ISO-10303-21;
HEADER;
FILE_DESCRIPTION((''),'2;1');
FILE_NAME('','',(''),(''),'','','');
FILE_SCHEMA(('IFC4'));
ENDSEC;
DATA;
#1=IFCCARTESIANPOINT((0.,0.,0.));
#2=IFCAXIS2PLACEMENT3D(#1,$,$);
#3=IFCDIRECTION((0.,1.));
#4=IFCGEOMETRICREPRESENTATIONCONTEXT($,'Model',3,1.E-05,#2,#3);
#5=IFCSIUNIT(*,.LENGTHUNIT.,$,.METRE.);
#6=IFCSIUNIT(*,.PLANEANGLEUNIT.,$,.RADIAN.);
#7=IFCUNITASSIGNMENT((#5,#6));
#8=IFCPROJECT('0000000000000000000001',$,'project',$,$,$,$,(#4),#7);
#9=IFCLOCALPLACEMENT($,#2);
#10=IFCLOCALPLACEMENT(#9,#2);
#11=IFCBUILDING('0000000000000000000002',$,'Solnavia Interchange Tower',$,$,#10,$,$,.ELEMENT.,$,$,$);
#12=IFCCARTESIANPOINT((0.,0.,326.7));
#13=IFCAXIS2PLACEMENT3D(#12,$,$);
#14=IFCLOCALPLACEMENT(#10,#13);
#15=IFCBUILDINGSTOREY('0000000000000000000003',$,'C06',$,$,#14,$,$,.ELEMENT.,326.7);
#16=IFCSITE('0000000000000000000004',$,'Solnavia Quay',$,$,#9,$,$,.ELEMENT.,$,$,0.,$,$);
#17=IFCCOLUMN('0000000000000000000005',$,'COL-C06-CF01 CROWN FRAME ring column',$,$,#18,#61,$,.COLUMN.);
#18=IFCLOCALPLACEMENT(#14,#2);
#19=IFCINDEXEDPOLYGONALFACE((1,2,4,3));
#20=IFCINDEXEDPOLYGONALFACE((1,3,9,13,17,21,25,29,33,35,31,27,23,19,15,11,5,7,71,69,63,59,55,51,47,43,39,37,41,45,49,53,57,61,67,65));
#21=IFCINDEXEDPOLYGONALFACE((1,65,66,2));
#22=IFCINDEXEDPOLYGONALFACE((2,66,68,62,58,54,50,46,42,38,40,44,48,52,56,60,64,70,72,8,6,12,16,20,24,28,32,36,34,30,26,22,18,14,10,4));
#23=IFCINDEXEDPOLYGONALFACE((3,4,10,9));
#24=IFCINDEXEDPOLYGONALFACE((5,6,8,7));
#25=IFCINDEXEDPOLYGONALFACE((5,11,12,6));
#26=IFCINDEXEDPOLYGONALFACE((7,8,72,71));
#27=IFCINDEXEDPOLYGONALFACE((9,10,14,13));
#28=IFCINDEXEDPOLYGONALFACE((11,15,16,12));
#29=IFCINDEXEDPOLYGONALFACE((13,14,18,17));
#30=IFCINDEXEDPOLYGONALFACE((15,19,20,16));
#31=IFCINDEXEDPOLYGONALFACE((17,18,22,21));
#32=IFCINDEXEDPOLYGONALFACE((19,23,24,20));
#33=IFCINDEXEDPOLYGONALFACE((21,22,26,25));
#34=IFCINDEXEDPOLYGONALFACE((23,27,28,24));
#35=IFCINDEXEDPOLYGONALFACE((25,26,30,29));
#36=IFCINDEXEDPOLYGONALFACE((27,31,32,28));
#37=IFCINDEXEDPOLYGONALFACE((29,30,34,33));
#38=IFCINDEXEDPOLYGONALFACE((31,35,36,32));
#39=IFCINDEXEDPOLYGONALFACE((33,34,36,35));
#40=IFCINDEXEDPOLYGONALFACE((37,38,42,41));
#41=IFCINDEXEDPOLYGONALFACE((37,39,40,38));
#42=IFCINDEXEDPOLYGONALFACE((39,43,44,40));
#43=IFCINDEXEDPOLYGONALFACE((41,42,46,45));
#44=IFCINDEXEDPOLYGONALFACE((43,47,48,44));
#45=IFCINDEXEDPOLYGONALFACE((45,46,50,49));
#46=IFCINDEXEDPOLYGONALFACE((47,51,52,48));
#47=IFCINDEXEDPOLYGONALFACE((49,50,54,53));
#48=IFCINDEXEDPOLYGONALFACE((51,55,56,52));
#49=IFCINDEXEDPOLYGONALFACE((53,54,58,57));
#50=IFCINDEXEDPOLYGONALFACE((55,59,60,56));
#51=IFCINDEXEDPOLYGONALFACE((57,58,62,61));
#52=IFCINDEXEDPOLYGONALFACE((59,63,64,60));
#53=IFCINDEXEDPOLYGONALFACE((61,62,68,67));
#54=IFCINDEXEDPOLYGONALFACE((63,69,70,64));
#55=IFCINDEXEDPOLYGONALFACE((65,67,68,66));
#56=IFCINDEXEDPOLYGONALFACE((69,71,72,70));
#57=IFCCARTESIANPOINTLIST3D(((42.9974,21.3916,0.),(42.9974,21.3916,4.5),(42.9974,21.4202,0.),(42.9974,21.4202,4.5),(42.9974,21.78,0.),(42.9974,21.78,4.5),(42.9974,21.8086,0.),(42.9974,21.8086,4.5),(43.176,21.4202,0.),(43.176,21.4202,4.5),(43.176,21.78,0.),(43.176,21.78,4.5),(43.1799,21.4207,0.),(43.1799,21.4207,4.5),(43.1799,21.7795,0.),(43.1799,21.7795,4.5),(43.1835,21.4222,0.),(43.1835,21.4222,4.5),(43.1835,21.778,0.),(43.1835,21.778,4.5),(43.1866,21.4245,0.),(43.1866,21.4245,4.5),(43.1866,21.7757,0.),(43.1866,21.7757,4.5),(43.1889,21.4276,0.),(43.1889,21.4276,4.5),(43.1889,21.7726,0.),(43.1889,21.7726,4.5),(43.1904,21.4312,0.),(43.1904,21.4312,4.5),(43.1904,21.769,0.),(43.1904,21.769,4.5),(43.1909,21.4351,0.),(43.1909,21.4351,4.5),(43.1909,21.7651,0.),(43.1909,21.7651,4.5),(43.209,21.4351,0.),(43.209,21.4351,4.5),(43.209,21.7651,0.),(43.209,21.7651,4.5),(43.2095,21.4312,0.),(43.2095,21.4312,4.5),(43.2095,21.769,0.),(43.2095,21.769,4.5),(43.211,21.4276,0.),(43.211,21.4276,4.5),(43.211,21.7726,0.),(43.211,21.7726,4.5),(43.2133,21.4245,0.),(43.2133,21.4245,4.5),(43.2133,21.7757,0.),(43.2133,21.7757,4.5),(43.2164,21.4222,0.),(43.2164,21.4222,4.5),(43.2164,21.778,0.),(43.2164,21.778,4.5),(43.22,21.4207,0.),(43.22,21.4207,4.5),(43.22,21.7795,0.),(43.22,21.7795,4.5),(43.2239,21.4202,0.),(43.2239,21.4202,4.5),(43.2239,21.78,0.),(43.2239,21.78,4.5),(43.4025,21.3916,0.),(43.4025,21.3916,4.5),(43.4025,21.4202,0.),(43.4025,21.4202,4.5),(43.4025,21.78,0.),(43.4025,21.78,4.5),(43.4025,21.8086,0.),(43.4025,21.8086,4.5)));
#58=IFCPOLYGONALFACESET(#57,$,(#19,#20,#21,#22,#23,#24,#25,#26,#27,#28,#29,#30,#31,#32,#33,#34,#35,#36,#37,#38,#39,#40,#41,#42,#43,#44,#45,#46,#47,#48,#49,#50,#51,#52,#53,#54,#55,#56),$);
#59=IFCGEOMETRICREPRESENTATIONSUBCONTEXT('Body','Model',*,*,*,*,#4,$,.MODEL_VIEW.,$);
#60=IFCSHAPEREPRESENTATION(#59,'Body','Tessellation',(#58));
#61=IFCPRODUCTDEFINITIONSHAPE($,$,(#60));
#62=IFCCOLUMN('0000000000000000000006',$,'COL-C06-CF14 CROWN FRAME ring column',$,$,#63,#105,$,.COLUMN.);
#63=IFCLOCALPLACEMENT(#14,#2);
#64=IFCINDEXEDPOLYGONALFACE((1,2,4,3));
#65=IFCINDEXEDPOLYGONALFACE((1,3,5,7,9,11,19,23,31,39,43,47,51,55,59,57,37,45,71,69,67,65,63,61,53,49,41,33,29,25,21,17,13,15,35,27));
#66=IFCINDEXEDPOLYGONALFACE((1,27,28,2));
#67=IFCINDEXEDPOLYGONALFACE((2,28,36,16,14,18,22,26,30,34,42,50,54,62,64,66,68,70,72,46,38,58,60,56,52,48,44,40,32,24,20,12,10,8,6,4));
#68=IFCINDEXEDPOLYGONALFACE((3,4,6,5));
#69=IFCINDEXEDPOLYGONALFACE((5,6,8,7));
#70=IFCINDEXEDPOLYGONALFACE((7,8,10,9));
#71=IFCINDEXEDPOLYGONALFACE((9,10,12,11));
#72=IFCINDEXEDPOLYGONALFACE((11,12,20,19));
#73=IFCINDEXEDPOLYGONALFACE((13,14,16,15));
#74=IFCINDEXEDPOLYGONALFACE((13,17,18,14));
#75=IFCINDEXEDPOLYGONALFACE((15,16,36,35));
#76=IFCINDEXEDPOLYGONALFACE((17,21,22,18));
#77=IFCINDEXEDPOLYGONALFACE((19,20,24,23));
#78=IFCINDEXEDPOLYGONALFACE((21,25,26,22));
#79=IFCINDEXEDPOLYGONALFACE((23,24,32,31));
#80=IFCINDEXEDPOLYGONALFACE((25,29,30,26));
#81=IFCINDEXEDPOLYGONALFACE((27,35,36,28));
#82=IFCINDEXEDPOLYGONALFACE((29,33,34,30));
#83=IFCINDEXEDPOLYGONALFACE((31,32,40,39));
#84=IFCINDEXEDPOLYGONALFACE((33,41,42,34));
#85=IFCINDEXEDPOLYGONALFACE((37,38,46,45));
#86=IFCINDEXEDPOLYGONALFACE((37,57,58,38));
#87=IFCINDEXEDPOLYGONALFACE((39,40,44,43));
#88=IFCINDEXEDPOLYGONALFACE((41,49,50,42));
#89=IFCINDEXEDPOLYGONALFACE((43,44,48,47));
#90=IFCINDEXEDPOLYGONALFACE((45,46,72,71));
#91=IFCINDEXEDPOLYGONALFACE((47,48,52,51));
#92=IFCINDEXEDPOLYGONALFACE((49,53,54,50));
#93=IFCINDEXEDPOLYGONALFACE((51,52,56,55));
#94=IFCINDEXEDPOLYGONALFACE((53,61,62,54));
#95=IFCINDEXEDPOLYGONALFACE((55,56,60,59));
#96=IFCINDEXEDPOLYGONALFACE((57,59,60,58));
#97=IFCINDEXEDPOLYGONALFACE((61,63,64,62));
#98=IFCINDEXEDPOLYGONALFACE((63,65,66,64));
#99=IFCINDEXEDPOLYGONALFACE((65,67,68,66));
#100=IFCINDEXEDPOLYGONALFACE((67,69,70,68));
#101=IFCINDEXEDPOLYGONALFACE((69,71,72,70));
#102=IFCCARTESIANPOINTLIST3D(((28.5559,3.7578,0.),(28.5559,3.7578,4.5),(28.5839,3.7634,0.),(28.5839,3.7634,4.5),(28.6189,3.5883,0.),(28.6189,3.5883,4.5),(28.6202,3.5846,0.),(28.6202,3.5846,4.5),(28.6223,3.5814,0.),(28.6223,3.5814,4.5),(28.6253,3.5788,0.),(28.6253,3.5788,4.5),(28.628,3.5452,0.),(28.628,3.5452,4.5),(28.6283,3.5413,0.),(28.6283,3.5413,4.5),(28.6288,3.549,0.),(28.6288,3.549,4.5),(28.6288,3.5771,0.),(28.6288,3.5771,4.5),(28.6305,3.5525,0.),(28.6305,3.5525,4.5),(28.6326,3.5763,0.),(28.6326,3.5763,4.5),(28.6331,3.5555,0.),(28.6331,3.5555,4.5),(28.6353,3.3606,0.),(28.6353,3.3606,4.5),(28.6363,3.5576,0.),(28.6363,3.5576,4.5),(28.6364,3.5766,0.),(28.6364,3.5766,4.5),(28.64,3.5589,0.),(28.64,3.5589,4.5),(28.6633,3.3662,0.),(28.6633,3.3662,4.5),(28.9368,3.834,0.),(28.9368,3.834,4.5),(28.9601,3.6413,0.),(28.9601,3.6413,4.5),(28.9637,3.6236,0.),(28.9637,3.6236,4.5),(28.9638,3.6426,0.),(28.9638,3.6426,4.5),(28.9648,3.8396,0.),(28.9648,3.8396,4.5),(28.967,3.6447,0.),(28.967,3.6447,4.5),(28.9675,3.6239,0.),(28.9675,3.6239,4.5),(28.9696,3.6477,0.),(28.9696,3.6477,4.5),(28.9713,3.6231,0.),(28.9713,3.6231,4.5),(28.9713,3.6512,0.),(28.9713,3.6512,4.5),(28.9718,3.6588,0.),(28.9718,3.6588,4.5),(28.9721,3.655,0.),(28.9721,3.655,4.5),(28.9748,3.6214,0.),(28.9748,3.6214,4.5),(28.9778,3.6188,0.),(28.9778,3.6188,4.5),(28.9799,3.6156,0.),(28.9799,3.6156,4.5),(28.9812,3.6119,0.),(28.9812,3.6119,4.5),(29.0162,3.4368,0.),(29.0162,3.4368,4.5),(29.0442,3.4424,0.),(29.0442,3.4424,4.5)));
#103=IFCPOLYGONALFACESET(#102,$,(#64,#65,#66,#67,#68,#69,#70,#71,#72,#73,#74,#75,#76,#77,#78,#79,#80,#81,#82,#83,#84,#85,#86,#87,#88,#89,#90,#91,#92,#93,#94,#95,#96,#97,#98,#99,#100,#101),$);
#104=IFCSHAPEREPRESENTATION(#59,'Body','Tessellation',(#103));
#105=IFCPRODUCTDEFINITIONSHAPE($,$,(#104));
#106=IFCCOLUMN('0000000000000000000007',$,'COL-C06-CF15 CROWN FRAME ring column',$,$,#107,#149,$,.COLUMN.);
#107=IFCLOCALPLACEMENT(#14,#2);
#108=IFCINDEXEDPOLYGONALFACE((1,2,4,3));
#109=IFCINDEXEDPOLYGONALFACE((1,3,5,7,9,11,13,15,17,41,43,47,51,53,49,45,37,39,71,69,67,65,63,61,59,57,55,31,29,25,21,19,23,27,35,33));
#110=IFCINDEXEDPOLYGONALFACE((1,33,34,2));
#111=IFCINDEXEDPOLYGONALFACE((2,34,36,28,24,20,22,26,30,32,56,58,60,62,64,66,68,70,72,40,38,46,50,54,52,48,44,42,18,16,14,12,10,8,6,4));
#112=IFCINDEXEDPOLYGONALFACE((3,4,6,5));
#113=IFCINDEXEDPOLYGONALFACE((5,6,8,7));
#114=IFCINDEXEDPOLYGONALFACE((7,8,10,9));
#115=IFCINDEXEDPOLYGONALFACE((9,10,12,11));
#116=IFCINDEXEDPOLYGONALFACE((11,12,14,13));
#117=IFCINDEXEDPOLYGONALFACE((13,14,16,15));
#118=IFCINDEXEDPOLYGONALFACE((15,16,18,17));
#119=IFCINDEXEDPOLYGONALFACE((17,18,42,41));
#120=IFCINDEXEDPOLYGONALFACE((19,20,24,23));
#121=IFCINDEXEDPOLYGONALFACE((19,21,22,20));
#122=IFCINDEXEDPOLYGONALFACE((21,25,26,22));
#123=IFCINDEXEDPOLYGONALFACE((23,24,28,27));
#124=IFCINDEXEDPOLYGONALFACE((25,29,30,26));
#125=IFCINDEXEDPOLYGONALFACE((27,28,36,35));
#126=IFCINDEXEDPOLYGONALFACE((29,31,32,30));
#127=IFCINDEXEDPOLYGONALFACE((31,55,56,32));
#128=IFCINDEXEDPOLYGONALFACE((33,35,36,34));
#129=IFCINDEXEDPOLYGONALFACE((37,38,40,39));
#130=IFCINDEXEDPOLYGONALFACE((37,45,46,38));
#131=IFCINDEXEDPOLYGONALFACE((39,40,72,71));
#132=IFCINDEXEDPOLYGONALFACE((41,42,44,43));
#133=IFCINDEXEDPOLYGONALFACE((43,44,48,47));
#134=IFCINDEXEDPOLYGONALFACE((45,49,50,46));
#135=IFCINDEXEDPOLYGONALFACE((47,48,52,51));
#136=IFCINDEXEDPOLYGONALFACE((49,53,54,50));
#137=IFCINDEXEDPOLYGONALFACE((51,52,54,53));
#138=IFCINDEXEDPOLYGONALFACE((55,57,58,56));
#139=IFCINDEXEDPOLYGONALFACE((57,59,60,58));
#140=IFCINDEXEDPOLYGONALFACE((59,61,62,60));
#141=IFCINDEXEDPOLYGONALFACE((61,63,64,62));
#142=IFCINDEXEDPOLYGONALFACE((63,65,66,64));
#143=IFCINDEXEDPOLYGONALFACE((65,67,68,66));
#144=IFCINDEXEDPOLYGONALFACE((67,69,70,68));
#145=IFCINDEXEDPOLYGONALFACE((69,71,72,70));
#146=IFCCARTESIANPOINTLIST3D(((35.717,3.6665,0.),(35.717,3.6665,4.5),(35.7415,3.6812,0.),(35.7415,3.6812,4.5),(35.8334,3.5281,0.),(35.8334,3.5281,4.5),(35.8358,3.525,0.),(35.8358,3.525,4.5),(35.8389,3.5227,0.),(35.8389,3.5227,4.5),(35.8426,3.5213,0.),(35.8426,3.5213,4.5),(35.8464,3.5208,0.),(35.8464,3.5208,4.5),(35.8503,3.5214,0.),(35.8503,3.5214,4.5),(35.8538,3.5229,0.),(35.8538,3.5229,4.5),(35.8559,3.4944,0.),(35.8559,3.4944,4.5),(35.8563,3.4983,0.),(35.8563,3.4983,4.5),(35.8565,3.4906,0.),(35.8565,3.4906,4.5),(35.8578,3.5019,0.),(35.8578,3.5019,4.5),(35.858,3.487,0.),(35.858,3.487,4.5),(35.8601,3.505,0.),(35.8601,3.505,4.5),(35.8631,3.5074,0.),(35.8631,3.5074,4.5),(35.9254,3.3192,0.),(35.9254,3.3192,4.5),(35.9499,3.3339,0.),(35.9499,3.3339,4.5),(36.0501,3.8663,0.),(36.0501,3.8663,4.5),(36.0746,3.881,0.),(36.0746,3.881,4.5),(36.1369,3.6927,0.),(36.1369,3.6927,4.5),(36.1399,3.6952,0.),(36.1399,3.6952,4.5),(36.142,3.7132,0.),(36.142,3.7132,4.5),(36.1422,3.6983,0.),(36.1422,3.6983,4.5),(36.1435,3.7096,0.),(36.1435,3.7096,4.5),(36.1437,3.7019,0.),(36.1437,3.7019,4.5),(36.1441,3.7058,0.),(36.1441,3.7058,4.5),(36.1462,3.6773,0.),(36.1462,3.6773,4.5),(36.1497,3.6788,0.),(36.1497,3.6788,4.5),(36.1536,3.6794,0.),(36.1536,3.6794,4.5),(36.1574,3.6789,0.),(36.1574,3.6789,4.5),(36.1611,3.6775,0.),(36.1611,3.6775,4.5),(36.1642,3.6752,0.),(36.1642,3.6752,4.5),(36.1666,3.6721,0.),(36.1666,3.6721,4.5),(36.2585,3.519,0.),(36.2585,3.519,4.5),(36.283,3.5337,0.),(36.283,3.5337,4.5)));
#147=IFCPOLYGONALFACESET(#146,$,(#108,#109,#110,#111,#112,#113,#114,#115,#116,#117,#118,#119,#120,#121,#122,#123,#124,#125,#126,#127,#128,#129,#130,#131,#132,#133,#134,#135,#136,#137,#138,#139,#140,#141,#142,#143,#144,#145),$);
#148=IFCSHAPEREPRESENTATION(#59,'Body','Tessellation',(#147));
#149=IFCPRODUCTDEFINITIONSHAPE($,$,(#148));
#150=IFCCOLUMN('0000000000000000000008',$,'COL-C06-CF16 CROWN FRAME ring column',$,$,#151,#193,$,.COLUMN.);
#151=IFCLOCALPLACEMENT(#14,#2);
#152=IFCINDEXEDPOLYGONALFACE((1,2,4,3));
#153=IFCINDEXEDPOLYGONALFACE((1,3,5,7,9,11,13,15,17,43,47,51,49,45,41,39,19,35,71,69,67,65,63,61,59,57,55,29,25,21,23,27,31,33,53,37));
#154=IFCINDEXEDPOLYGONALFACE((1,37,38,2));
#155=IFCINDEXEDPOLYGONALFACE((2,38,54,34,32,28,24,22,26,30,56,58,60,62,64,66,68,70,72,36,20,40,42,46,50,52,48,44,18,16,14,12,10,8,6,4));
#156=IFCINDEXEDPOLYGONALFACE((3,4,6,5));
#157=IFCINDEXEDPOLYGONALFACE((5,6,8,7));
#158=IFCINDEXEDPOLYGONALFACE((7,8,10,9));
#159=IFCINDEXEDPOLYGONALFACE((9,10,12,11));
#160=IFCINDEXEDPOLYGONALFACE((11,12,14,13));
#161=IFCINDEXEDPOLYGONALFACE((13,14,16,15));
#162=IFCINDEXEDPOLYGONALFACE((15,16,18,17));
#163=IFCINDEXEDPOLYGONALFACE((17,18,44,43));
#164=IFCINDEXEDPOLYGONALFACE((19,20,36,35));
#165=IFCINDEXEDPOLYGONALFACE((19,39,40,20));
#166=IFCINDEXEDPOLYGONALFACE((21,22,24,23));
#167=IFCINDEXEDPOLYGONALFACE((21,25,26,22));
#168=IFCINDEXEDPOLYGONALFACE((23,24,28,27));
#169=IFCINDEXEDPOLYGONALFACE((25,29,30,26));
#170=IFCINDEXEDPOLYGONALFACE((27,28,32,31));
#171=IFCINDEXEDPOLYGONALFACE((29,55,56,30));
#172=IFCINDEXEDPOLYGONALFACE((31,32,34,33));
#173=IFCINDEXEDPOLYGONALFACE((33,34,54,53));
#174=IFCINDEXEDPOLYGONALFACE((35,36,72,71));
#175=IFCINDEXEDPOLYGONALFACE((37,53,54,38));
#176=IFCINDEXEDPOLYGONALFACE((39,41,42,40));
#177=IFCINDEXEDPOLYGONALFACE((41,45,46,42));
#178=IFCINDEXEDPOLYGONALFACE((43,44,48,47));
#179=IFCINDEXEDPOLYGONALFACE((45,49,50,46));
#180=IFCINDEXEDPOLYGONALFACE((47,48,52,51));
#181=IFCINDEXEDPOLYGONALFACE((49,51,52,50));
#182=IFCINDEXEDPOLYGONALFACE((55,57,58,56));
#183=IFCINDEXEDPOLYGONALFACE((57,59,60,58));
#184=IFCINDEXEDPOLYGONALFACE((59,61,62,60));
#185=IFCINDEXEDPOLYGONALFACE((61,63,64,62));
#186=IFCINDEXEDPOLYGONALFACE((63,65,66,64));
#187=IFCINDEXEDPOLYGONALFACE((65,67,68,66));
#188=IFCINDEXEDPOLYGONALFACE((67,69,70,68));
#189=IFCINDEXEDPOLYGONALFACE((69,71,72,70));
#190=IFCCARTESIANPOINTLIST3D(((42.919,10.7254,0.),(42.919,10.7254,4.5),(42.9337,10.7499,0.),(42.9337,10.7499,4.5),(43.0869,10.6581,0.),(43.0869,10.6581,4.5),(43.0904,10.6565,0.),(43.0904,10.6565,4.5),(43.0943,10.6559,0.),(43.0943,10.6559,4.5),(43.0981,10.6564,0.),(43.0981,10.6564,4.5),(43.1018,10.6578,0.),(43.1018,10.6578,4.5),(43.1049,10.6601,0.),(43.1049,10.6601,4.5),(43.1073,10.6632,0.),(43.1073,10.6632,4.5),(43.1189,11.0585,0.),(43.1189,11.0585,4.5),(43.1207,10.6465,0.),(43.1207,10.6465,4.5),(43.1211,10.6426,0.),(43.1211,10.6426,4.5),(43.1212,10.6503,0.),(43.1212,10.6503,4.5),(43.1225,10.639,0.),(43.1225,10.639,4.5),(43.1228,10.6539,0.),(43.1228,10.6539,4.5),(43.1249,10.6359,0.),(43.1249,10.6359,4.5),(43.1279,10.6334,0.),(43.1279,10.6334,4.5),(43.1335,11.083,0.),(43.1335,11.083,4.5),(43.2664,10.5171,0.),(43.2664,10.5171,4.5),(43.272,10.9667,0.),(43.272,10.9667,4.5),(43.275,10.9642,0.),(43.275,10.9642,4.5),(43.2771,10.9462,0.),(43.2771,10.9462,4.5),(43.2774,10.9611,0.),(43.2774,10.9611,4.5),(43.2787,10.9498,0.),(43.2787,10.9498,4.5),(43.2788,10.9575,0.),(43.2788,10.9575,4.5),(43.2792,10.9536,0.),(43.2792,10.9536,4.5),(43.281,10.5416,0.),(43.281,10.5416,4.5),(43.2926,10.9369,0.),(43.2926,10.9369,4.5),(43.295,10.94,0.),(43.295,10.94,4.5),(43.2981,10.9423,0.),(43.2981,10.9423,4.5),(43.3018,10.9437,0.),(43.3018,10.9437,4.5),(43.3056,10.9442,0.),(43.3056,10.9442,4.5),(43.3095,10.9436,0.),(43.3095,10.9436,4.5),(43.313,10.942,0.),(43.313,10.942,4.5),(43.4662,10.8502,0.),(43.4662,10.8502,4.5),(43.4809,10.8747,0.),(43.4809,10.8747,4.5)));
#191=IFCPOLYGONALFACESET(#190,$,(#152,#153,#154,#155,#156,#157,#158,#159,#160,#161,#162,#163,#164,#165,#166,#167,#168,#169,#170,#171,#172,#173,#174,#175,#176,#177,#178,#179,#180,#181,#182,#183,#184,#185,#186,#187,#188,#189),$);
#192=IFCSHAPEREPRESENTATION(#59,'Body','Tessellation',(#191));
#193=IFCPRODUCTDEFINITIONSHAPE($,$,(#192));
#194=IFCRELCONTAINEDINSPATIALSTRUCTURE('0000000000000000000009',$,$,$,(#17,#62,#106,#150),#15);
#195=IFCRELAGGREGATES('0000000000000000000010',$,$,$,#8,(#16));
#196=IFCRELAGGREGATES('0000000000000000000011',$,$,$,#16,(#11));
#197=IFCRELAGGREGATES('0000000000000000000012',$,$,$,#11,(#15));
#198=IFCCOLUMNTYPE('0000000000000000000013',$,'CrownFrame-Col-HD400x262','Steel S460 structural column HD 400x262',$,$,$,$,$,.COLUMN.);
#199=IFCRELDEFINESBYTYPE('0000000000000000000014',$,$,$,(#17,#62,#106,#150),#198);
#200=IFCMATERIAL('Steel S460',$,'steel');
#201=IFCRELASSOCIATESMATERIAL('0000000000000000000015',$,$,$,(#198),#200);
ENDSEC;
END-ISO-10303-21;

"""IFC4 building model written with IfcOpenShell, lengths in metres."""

from ifc_helpers import new_model, si_unit, direction, frame, origin, origin_2d, place, context, subcontext, project, spatial, i_section, extrude, material, material_profile, profile_set, type_object, element, save


model = new_model("IFC4")

# Units and contexts
model_context = context("Model", 3, precision=1e-05, world=origin(), true_north=direction((0.0, 1.0)))
body_context = subcontext(model_context, "Body", "Model", "MODEL_VIEW")
ifc_project = project(units=[si_unit("LENGTHUNIT", "METRE"), si_unit("PLANEANGLEUNIT", "RADIAN")], contexts=[model_context])

# Site, building, storey
site_placement = place(None, origin())
site = spatial("IfcSite", under=ifc_project, at=site_placement, Name="Solnavia Quay", CompositionType="ELEMENT", RefElevation=0.0)
building_placement = place(site_placement, origin())
building = spatial("IfcBuilding", under=site, at=building_placement, Name="Solnavia Interchange Tower", CompositionType="ELEMENT")
storey_placement = place(building_placement, frame((0.0, 0.0, 326.7)))
storey = spatial("IfcBuildingStorey", under=building, at=storey_placement, Name="C06", CompositionType="ELEMENT", Elevation=326.7)

# Columns
ifc_material_1 = material(Name="Steel S460", Category="steel")
ifc_material_profile_1 = material_profile(ifc_material_1, i_section(OverallWidth=0.405, OverallDepth=0.417, WebThickness=0.0181, FlangeThickness=0.0286, FilletRadius=0.0149, at=origin_2d()), Name="HD 400x262")
ifc_profile_set_1 = profile_set([ifc_material_profile_1], Name="Steel S460")
column_type = type_object("IfcColumnType", Name="CrownFrame-Col-HD400x262", Description="Steel S460 structural column HD 400x262", PredefinedType="COLUMN", material=ifc_profile_set_1)
for number, where, z_axis, x_axis, name in (
    (1, (43.2, 21.6001, 0.0), (0.0, 0.0, 1.0), (1.0, 0.0, 0.0), "COL-C06-CF01 CROWN FRAME ring column"),
    (2, (28.8, 3.6001, 0.0), (0.0, 0.0, 1.0), (0.196117, -0.98058, 0.0), "COL-C06-CF14 CROWN FRAME ring column"),
    (3, (36.0, 3.6001, 0.0), (0.0, 0.0, 1.0), (0.51444, -0.857527, 0.0), "COL-C06-CF15 CROWN FRAME ring column"),
    (4, (43.2, 10.8, 0.0), (0.0, 0.0, 1.0), (0.857527, -0.51444, 0.0), "COL-C06-CF16 CROWN FRAME ring column"),
):
    element("IfcColumn", number, at=place(storey_placement, frame(where, z_axis=z_axis, x_axis=x_axis)), inside=storey, type_object=column_type, Name=name, PredefinedType="COLUMN", context=body_context, shape_type="SweptSolid", body=[
        extrude(i_section(OverallWidth=0.405, OverallDepth=0.417, WebThickness=0.0181, FlangeThickness=0.0286, FilletRadius=0.0149, at=origin_2d()), origin(), (0.0, 0.0, 1.0), 4.5),
    ])

save(model, "model.ifc")
